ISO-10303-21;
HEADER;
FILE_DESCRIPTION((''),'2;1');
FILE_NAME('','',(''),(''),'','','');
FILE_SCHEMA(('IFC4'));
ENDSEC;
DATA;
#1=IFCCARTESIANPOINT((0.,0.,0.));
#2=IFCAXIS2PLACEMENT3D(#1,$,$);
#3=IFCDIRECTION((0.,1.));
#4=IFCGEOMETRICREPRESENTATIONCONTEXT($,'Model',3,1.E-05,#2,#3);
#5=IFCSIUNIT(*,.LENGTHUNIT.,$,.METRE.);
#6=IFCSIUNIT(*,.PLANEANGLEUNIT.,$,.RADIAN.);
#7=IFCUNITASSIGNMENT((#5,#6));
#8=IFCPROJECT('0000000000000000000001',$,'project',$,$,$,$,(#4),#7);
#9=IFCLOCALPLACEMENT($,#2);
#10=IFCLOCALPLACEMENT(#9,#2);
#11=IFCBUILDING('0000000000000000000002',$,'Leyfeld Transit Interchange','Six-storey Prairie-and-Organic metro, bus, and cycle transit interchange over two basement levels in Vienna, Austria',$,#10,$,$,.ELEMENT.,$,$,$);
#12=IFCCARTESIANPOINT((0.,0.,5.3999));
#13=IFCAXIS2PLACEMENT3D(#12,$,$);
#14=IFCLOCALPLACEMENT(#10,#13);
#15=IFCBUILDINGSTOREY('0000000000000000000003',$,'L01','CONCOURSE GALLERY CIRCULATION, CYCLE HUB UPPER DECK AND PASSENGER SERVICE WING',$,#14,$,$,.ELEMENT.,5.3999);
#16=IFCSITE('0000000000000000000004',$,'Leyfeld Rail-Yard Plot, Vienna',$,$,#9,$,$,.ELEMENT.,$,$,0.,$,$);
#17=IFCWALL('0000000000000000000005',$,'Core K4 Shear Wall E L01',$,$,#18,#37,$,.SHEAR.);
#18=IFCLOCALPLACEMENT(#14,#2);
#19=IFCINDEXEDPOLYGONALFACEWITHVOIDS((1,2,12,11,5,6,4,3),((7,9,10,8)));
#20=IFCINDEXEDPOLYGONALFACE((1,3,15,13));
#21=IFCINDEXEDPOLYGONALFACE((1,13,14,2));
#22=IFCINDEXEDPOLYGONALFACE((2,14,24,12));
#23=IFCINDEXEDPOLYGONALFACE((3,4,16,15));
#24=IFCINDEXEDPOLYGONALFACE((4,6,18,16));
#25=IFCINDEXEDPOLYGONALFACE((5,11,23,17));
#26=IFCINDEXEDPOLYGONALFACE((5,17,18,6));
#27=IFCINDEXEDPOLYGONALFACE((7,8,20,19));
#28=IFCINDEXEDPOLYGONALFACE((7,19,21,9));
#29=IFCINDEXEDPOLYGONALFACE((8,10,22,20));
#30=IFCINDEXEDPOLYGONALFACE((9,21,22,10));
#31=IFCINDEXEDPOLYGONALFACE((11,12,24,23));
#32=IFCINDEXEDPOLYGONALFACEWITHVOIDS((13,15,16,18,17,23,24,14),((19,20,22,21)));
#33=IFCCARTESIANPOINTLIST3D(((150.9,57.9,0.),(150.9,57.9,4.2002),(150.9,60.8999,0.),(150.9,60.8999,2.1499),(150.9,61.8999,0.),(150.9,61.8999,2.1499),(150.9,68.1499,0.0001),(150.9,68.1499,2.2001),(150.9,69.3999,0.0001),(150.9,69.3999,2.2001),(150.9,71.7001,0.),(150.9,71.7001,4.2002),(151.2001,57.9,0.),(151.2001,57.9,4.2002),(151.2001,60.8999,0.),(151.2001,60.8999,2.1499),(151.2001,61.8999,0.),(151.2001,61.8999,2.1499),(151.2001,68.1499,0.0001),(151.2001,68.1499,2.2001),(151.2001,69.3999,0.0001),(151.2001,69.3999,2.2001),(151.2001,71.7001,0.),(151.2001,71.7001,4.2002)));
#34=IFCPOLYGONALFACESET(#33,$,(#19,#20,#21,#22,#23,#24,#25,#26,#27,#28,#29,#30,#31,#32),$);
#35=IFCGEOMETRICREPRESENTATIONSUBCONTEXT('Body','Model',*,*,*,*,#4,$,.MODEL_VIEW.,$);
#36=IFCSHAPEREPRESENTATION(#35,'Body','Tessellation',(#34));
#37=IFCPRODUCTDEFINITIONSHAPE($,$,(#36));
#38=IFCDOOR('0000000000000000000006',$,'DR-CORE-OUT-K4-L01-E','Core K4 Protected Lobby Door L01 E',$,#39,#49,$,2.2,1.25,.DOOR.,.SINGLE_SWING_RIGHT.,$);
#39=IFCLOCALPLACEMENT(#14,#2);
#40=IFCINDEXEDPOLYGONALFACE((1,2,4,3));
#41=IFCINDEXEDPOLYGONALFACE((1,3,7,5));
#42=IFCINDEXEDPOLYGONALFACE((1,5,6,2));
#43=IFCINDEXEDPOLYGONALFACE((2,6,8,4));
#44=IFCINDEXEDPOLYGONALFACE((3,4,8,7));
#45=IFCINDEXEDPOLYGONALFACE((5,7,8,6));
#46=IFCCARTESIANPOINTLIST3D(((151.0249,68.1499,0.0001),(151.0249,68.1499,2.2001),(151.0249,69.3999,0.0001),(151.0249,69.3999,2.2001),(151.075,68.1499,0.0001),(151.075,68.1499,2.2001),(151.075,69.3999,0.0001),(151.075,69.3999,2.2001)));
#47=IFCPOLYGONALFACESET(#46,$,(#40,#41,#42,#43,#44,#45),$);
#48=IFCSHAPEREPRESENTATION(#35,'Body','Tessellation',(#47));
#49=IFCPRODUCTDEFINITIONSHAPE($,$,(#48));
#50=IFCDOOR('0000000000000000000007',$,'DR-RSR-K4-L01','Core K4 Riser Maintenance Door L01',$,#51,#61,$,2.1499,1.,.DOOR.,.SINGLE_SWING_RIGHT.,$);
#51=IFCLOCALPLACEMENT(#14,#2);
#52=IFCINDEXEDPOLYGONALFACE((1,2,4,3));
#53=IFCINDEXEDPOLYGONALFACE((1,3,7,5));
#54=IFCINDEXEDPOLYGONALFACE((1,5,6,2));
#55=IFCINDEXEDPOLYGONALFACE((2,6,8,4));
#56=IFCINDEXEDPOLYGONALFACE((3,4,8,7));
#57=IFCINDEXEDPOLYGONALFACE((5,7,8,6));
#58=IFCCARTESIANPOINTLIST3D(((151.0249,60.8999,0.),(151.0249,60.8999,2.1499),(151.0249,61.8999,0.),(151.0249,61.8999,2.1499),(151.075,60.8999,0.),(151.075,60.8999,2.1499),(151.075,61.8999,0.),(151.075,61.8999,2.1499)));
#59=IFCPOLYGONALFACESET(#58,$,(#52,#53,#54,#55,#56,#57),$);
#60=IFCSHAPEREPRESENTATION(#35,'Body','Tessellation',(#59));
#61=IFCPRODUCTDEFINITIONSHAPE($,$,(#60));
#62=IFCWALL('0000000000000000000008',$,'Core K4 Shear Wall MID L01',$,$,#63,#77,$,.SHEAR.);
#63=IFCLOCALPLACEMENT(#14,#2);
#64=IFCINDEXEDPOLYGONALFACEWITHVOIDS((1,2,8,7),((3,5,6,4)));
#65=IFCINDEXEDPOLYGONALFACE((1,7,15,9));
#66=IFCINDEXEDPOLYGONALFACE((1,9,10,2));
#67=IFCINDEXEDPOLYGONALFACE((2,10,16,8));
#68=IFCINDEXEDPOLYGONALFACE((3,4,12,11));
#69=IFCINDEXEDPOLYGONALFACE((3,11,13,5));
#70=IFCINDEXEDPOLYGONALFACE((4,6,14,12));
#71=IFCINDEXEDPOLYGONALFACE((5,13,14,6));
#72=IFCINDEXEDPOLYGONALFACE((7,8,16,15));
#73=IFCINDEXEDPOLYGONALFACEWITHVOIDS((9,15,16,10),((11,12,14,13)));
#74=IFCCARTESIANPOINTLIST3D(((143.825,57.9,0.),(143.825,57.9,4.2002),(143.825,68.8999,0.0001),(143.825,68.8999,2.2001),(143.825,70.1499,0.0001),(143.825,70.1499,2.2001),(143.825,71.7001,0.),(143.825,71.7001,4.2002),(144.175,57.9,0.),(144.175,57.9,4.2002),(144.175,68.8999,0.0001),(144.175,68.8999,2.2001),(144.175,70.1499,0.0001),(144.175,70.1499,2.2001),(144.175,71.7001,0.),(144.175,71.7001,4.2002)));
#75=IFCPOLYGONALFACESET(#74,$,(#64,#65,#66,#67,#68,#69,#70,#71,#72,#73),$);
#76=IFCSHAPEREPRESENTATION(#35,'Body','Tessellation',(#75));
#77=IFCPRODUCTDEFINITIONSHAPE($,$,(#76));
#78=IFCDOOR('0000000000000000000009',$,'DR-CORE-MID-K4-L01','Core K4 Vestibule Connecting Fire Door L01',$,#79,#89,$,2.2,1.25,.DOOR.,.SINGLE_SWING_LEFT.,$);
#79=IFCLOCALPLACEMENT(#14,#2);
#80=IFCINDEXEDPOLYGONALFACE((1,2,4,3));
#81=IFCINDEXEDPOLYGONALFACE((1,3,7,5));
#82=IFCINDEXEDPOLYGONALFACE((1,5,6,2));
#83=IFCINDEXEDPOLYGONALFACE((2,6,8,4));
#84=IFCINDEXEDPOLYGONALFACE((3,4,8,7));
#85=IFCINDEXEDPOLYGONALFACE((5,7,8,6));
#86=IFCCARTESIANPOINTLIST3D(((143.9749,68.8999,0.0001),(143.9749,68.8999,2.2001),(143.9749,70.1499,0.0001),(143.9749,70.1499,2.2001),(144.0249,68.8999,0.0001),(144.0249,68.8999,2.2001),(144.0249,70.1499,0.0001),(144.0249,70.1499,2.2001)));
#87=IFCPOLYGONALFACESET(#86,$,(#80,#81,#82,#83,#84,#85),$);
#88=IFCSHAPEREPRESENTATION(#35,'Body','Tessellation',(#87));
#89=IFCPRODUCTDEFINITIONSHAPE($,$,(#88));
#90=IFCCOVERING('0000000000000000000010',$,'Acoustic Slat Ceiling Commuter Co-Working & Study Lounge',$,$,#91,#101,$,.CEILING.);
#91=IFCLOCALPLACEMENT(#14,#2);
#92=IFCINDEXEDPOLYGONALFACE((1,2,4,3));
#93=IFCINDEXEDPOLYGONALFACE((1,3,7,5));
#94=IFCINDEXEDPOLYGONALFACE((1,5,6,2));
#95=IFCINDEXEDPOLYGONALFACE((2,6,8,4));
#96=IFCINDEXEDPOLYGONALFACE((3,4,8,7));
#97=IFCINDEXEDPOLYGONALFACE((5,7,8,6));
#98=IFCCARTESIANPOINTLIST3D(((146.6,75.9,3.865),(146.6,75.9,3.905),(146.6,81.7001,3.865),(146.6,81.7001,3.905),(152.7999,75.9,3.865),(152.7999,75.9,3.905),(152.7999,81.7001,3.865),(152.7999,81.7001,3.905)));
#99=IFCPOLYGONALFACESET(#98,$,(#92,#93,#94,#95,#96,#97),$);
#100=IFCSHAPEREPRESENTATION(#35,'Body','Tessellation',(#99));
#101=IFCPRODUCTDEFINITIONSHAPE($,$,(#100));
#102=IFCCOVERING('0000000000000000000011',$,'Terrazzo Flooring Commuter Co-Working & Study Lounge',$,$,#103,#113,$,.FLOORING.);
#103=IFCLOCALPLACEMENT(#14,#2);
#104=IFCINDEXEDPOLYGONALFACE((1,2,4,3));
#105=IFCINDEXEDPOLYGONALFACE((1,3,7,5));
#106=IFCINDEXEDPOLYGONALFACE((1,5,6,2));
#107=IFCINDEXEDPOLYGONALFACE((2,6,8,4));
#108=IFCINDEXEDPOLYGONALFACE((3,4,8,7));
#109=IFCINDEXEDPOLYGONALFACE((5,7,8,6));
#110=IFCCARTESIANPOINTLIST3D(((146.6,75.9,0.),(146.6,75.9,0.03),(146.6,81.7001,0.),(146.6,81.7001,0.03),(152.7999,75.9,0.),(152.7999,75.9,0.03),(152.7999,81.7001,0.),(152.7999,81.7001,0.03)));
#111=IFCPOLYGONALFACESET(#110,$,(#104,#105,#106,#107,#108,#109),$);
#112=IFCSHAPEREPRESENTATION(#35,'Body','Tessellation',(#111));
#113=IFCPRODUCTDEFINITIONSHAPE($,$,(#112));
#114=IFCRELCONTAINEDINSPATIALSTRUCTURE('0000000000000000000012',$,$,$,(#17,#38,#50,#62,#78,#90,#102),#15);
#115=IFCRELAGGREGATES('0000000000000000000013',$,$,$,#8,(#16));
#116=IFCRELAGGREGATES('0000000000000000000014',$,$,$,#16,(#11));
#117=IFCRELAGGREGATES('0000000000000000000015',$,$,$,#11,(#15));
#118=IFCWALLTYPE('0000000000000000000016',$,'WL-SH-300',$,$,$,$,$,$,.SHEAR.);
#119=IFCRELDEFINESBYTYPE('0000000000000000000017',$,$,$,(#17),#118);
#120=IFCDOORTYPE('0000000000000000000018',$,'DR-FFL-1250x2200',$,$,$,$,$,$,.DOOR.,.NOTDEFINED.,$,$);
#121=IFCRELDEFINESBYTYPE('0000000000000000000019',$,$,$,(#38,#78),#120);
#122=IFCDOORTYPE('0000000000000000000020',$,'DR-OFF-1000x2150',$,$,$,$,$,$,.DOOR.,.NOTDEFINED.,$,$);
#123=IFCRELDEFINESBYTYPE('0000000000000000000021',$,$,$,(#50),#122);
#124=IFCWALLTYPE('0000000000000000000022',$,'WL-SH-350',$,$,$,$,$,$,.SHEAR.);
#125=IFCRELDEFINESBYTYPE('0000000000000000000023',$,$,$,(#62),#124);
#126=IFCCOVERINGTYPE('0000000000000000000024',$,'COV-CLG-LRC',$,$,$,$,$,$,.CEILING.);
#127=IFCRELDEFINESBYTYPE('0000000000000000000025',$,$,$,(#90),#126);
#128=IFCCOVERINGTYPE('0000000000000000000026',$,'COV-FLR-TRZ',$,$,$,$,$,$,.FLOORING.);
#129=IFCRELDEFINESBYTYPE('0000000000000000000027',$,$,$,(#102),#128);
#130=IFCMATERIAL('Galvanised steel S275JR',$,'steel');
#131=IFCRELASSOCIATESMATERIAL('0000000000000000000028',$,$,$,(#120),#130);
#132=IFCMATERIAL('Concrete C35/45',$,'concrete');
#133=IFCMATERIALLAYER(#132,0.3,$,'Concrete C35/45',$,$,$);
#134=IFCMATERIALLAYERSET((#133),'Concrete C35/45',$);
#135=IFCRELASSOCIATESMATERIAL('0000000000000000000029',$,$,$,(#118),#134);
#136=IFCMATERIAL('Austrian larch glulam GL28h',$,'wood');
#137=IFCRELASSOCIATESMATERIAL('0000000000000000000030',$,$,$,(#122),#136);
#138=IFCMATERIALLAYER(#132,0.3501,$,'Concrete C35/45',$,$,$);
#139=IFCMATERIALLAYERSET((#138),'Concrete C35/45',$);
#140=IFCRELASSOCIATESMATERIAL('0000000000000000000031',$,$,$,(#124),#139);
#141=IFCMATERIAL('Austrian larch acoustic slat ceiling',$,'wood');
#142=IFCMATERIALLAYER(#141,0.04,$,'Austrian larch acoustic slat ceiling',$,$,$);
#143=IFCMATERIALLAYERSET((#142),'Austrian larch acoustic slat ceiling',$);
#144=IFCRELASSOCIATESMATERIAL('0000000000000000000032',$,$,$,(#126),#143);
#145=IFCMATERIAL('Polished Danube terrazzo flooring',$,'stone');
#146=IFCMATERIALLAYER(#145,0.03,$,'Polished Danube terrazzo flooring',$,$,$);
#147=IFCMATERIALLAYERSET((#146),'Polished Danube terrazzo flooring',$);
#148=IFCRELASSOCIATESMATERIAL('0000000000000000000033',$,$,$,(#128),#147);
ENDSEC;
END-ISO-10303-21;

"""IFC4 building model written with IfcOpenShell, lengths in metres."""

from ifc_helpers import new_model, si_unit, direction, frame, frame_2d, origin, origin_2d, place, context, subcontext, project, spatial, rectangle, extrude, material, layer, layer_set, type_object, element, fill, save


model = new_model("IFC4")

# Units and contexts
model_context = context("Model", 3, precision=1e-05, world=origin(), true_north=direction((0.0, 1.0)))
body_context = subcontext(model_context, "Body", "Model", "MODEL_VIEW")
ifc_project = project(units=[si_unit("LENGTHUNIT", "METRE"), si_unit("PLANEANGLEUNIT", "RADIAN")], contexts=[model_context])

# Site, building, storey
site_placement = place(None, origin())
site = spatial("IfcSite", under=ifc_project, at=site_placement, Name="Leyfeld Rail-Yard Plot, Vienna", CompositionType="ELEMENT", RefElevation=0.0)
building_placement = place(site_placement, origin())
building = spatial("IfcBuilding", under=site, at=building_placement, Name="Leyfeld Transit Interchange", Description="Six-storey Prairie-and-Organic metro, bus, and cycle transit interchange over two basement levels in Vienna, Austria", CompositionType="ELEMENT")
storey_placement = place(building_placement, frame((0.0, 0.0, 5.3999)))
storey = spatial("IfcBuildingStorey", under=building, at=storey_placement, Name="L01", Description="CONCOURSE GALLERY CIRCULATION, CYCLE HUB UPPER DECK AND PASSENGER SERVICE WING", CompositionType="ELEMENT", Elevation=5.3999)

# Shared definitions
ifc_material_1 = material(Name="Concrete C35/45", Category="concrete")

# Shared definitions
ifc_material_2 = material(Name="Galvanised steel S275JR", Category="steel")
door_type_1 = type_object("IfcDoorType", Name="DR-FFL-1250x2200", OperationType="NOTDEFINED", PredefinedType="DOOR", material=ifc_material_2)

# Wall, openings, doors
ifc_layer_1 = layer(ifc_material_1, 0.3, Name="Concrete C35/45")
ifc_layer_set_1 = layer_set([ifc_layer_1], Name="Concrete C35/45")
wall_type_1 = type_object("IfcWallType", Name="WL-SH-300", PredefinedType="SHEAR", material=ifc_layer_set_1)
wall_1_placement = place(storey_placement, frame((151.05, 71.7, 0.0), z_axis=(0.0, 0.0, 1.0), x_axis=(0.0, -1.0, 0.0)))
wall_1 = element("IfcWall", 1, at=wall_1_placement, inside=storey, type_object=wall_type_1, Name="Core K4 Shear Wall E L01", PredefinedType="SHEAR", context=body_context, shape_type="SweptSolid", body=[
    extrude(rectangle(XDim=13.8, YDim=0.3, at=frame_2d((6.8999, 0.0))), origin(), (0.0, 0.0, 1.0), 4.2002),
])
opening_1_placement = place(wall_1_placement, frame((9.8, 0.0, 0.0)))
opening_1 = element("IfcOpeningElement", 2, at=opening_1_placement, cuts=wall_1, PredefinedType="OPENING", context=body_context, shape_type="SweptSolid", body=[
    extrude(rectangle(XDim=1.0, YDim=2.1499, at=frame_2d((0.5, 1.075))), frame((0.0, 0.1599, 0.0), z_axis=(0.0, -1.0, 0.0), x_axis=(1.0, 0.0, 0.0)), (0.0, 0.0, 1.0), 0.3201),
])
opening_2_placement = place(wall_1_placement, frame((2.3, 0.0, 0.0)))
opening_2 = element("IfcOpeningElement", 3, at=opening_2_placement, cuts=wall_1, PredefinedType="OPENING", context=body_context, shape_type="SweptSolid", body=[
    extrude(rectangle(XDim=1.25, YDim=2.2, at=frame_2d((0.625, 1.1001))), frame((0.0, 0.1599, 0.0), z_axis=(0.0, -1.0, 0.0), x_axis=(1.0, 0.0, 0.0)), (0.0, 0.0, 1.0), 0.3201),
])
door_1_placement = place(opening_2_placement, origin())
door_1 = element("IfcDoor", 4, at=door_1_placement, inside=storey, type_object=door_type_1, Name="DR-CORE-OUT-K4-L01-E", Description="Core K4 Protected Lobby Door L01 E", OperationType="SINGLE_SWING_RIGHT", OverallHeight=2.2, OverallWidth=1.25, PredefinedType="DOOR", context=body_context, shape_type="SweptSolid", body=[
    extrude(rectangle(XDim=1.25, YDim=2.2, at=frame_2d((0.625, 1.1001))), frame((0.0, 0.0249, 0.0), z_axis=(0.0, -1.0, 0.0), x_axis=(1.0, 0.0, 0.0)), (0.0, 0.0, 1.0), 0.05),
])
fill(opening_2, door_1)
ifc_material_3 = material(Name="Austrian larch glulam GL28h", Category="wood")
door_type_2 = type_object("IfcDoorType", Name="DR-OFF-1000x2150", OperationType="NOTDEFINED", PredefinedType="DOOR", material=ifc_material_3)
door_2_placement = place(opening_1_placement, origin())
door_2 = element("IfcDoor", 5, at=door_2_placement, inside=storey, type_object=door_type_2, Name="DR-RSR-K4-L01", Description="Core K4 Riser Maintenance Door L01", OperationType="SINGLE_SWING_RIGHT", OverallHeight=2.1499, OverallWidth=1.0, PredefinedType="DOOR", context=body_context, shape_type="SweptSolid", body=[
    extrude(rectangle(XDim=1.0, YDim=2.1499, at=frame_2d((0.5, 1.075))), frame((0.0, 0.0249, 0.0), z_axis=(0.0, -1.0, 0.0), x_axis=(1.0, 0.0, 0.0)), (0.0, 0.0, 1.0), 0.05),
])
fill(opening_1, door_2)

# Wall, opening, door
ifc_layer_2 = layer(ifc_material_1, 0.3501, Name="Concrete C35/45")
ifc_layer_set_2 = layer_set([ifc_layer_2], Name="Concrete C35/45")
wall_type_2 = type_object("IfcWallType", Name="WL-SH-350", PredefinedType="SHEAR", material=ifc_layer_set_2)
wall_2_placement = place(storey_placement, frame((144.0, 71.7, 0.0), z_axis=(0.0, 0.0, 1.0), x_axis=(0.0, -1.0, 0.0)))
wall_2 = element("IfcWall", 6, at=wall_2_placement, inside=storey, type_object=wall_type_2, Name="Core K4 Shear Wall MID L01", PredefinedType="SHEAR", context=body_context, shape_type="SweptSolid", body=[
    extrude(rectangle(XDim=13.8, YDim=0.3501, at=frame_2d((6.8999, 0.0))), origin(), (0.0, 0.0, 1.0), 4.2002),
])
opening_3_placement = place(wall_2_placement, frame((1.55, 0.0, 0.0)))
opening_3 = element("IfcOpeningElement", 7, at=opening_3_placement, cuts=wall_2, PredefinedType="OPENING", context=body_context, shape_type="SweptSolid", body=[
    extrude(rectangle(XDim=1.25, YDim=2.2, at=frame_2d((0.625, 1.1001))), frame((0.0, 0.1851, 0.0), z_axis=(0.0, -1.0, 0.0), x_axis=(1.0, 0.0, 0.0)), (0.0, 0.0, 1.0), 0.3701),
])
door_3_placement = place(opening_3_placement, origin())
door_3 = element("IfcDoor", 8, at=door_3_placement, inside=storey, type_object=door_type_1, Name="DR-CORE-MID-K4-L01", Description="Core K4 Vestibule Connecting Fire Door L01", OperationType="SINGLE_SWING_LEFT", OverallHeight=2.2, OverallWidth=1.25, PredefinedType="DOOR", context=body_context, shape_type="SweptSolid", body=[
    extrude(rectangle(XDim=1.25, YDim=2.2, at=frame_2d((0.625, 1.1001))), frame((0.0, 0.0249, 0.0), z_axis=(0.0, -1.0, 0.0), x_axis=(1.0, 0.0, 0.0)), (0.0, 0.0, 1.0), 0.05),
])
fill(opening_3, door_3)

# Coverings
ifc_material_4 = material(Name="Austrian larch acoustic slat ceiling", Category="wood")
ifc_layer_3 = layer(ifc_material_4, 0.04, Name="Austrian larch acoustic slat ceiling")
ifc_layer_set_3 = layer_set([ifc_layer_3], Name="Austrian larch acoustic slat ceiling")
covering_type_1 = type_object("IfcCoveringType", Name="COV-CLG-LRC", PredefinedType="CEILING", material=ifc_layer_set_3)
covering_1_placement = place(storey_placement, frame((149.7, 78.8, 3.865), z_axis=(0.0, 0.0, 1.0), x_axis=(1.0, 0.0, 0.0)))
element("IfcCovering", 9, at=covering_1_placement, inside=storey, type_object=covering_type_1, Name="Acoustic Slat Ceiling Commuter Co-Working & Study Lounge", PredefinedType="CEILING", context=body_context, shape_type="SweptSolid", body=[
    extrude(rectangle(XDim=6.2, YDim=5.8, at=origin_2d()), origin(), (0.0, 0.0, 1.0), 0.04),
])
ifc_material_5 = material(Name="Polished Danube terrazzo flooring", Category="stone")
ifc_layer_4 = layer(ifc_material_5, 0.03, Name="Polished Danube terrazzo flooring")
ifc_layer_set_4 = layer_set([ifc_layer_4], Name="Polished Danube terrazzo flooring")
covering_type_2 = type_object("IfcCoveringType", Name="COV-FLR-TRZ", PredefinedType="FLOORING", material=ifc_layer_set_4)
covering_2_placement = place(storey_placement, frame((149.7, 78.8, 0.0), z_axis=(0.0, 0.0, 1.0), x_axis=(1.0, 0.0, 0.0)))
element("IfcCovering", 10, at=covering_2_placement, inside=storey, type_object=covering_type_2, Name="Terrazzo Flooring Commuter Co-Working & Study Lounge", PredefinedType="FLOORING", context=body_context, shape_type="SweptSolid", body=[
    extrude(rectangle(XDim=6.2, YDim=5.8, at=origin_2d()), origin(), (0.0, 0.0, 1.0), 0.03),
])

save(model, "model.ifc")
